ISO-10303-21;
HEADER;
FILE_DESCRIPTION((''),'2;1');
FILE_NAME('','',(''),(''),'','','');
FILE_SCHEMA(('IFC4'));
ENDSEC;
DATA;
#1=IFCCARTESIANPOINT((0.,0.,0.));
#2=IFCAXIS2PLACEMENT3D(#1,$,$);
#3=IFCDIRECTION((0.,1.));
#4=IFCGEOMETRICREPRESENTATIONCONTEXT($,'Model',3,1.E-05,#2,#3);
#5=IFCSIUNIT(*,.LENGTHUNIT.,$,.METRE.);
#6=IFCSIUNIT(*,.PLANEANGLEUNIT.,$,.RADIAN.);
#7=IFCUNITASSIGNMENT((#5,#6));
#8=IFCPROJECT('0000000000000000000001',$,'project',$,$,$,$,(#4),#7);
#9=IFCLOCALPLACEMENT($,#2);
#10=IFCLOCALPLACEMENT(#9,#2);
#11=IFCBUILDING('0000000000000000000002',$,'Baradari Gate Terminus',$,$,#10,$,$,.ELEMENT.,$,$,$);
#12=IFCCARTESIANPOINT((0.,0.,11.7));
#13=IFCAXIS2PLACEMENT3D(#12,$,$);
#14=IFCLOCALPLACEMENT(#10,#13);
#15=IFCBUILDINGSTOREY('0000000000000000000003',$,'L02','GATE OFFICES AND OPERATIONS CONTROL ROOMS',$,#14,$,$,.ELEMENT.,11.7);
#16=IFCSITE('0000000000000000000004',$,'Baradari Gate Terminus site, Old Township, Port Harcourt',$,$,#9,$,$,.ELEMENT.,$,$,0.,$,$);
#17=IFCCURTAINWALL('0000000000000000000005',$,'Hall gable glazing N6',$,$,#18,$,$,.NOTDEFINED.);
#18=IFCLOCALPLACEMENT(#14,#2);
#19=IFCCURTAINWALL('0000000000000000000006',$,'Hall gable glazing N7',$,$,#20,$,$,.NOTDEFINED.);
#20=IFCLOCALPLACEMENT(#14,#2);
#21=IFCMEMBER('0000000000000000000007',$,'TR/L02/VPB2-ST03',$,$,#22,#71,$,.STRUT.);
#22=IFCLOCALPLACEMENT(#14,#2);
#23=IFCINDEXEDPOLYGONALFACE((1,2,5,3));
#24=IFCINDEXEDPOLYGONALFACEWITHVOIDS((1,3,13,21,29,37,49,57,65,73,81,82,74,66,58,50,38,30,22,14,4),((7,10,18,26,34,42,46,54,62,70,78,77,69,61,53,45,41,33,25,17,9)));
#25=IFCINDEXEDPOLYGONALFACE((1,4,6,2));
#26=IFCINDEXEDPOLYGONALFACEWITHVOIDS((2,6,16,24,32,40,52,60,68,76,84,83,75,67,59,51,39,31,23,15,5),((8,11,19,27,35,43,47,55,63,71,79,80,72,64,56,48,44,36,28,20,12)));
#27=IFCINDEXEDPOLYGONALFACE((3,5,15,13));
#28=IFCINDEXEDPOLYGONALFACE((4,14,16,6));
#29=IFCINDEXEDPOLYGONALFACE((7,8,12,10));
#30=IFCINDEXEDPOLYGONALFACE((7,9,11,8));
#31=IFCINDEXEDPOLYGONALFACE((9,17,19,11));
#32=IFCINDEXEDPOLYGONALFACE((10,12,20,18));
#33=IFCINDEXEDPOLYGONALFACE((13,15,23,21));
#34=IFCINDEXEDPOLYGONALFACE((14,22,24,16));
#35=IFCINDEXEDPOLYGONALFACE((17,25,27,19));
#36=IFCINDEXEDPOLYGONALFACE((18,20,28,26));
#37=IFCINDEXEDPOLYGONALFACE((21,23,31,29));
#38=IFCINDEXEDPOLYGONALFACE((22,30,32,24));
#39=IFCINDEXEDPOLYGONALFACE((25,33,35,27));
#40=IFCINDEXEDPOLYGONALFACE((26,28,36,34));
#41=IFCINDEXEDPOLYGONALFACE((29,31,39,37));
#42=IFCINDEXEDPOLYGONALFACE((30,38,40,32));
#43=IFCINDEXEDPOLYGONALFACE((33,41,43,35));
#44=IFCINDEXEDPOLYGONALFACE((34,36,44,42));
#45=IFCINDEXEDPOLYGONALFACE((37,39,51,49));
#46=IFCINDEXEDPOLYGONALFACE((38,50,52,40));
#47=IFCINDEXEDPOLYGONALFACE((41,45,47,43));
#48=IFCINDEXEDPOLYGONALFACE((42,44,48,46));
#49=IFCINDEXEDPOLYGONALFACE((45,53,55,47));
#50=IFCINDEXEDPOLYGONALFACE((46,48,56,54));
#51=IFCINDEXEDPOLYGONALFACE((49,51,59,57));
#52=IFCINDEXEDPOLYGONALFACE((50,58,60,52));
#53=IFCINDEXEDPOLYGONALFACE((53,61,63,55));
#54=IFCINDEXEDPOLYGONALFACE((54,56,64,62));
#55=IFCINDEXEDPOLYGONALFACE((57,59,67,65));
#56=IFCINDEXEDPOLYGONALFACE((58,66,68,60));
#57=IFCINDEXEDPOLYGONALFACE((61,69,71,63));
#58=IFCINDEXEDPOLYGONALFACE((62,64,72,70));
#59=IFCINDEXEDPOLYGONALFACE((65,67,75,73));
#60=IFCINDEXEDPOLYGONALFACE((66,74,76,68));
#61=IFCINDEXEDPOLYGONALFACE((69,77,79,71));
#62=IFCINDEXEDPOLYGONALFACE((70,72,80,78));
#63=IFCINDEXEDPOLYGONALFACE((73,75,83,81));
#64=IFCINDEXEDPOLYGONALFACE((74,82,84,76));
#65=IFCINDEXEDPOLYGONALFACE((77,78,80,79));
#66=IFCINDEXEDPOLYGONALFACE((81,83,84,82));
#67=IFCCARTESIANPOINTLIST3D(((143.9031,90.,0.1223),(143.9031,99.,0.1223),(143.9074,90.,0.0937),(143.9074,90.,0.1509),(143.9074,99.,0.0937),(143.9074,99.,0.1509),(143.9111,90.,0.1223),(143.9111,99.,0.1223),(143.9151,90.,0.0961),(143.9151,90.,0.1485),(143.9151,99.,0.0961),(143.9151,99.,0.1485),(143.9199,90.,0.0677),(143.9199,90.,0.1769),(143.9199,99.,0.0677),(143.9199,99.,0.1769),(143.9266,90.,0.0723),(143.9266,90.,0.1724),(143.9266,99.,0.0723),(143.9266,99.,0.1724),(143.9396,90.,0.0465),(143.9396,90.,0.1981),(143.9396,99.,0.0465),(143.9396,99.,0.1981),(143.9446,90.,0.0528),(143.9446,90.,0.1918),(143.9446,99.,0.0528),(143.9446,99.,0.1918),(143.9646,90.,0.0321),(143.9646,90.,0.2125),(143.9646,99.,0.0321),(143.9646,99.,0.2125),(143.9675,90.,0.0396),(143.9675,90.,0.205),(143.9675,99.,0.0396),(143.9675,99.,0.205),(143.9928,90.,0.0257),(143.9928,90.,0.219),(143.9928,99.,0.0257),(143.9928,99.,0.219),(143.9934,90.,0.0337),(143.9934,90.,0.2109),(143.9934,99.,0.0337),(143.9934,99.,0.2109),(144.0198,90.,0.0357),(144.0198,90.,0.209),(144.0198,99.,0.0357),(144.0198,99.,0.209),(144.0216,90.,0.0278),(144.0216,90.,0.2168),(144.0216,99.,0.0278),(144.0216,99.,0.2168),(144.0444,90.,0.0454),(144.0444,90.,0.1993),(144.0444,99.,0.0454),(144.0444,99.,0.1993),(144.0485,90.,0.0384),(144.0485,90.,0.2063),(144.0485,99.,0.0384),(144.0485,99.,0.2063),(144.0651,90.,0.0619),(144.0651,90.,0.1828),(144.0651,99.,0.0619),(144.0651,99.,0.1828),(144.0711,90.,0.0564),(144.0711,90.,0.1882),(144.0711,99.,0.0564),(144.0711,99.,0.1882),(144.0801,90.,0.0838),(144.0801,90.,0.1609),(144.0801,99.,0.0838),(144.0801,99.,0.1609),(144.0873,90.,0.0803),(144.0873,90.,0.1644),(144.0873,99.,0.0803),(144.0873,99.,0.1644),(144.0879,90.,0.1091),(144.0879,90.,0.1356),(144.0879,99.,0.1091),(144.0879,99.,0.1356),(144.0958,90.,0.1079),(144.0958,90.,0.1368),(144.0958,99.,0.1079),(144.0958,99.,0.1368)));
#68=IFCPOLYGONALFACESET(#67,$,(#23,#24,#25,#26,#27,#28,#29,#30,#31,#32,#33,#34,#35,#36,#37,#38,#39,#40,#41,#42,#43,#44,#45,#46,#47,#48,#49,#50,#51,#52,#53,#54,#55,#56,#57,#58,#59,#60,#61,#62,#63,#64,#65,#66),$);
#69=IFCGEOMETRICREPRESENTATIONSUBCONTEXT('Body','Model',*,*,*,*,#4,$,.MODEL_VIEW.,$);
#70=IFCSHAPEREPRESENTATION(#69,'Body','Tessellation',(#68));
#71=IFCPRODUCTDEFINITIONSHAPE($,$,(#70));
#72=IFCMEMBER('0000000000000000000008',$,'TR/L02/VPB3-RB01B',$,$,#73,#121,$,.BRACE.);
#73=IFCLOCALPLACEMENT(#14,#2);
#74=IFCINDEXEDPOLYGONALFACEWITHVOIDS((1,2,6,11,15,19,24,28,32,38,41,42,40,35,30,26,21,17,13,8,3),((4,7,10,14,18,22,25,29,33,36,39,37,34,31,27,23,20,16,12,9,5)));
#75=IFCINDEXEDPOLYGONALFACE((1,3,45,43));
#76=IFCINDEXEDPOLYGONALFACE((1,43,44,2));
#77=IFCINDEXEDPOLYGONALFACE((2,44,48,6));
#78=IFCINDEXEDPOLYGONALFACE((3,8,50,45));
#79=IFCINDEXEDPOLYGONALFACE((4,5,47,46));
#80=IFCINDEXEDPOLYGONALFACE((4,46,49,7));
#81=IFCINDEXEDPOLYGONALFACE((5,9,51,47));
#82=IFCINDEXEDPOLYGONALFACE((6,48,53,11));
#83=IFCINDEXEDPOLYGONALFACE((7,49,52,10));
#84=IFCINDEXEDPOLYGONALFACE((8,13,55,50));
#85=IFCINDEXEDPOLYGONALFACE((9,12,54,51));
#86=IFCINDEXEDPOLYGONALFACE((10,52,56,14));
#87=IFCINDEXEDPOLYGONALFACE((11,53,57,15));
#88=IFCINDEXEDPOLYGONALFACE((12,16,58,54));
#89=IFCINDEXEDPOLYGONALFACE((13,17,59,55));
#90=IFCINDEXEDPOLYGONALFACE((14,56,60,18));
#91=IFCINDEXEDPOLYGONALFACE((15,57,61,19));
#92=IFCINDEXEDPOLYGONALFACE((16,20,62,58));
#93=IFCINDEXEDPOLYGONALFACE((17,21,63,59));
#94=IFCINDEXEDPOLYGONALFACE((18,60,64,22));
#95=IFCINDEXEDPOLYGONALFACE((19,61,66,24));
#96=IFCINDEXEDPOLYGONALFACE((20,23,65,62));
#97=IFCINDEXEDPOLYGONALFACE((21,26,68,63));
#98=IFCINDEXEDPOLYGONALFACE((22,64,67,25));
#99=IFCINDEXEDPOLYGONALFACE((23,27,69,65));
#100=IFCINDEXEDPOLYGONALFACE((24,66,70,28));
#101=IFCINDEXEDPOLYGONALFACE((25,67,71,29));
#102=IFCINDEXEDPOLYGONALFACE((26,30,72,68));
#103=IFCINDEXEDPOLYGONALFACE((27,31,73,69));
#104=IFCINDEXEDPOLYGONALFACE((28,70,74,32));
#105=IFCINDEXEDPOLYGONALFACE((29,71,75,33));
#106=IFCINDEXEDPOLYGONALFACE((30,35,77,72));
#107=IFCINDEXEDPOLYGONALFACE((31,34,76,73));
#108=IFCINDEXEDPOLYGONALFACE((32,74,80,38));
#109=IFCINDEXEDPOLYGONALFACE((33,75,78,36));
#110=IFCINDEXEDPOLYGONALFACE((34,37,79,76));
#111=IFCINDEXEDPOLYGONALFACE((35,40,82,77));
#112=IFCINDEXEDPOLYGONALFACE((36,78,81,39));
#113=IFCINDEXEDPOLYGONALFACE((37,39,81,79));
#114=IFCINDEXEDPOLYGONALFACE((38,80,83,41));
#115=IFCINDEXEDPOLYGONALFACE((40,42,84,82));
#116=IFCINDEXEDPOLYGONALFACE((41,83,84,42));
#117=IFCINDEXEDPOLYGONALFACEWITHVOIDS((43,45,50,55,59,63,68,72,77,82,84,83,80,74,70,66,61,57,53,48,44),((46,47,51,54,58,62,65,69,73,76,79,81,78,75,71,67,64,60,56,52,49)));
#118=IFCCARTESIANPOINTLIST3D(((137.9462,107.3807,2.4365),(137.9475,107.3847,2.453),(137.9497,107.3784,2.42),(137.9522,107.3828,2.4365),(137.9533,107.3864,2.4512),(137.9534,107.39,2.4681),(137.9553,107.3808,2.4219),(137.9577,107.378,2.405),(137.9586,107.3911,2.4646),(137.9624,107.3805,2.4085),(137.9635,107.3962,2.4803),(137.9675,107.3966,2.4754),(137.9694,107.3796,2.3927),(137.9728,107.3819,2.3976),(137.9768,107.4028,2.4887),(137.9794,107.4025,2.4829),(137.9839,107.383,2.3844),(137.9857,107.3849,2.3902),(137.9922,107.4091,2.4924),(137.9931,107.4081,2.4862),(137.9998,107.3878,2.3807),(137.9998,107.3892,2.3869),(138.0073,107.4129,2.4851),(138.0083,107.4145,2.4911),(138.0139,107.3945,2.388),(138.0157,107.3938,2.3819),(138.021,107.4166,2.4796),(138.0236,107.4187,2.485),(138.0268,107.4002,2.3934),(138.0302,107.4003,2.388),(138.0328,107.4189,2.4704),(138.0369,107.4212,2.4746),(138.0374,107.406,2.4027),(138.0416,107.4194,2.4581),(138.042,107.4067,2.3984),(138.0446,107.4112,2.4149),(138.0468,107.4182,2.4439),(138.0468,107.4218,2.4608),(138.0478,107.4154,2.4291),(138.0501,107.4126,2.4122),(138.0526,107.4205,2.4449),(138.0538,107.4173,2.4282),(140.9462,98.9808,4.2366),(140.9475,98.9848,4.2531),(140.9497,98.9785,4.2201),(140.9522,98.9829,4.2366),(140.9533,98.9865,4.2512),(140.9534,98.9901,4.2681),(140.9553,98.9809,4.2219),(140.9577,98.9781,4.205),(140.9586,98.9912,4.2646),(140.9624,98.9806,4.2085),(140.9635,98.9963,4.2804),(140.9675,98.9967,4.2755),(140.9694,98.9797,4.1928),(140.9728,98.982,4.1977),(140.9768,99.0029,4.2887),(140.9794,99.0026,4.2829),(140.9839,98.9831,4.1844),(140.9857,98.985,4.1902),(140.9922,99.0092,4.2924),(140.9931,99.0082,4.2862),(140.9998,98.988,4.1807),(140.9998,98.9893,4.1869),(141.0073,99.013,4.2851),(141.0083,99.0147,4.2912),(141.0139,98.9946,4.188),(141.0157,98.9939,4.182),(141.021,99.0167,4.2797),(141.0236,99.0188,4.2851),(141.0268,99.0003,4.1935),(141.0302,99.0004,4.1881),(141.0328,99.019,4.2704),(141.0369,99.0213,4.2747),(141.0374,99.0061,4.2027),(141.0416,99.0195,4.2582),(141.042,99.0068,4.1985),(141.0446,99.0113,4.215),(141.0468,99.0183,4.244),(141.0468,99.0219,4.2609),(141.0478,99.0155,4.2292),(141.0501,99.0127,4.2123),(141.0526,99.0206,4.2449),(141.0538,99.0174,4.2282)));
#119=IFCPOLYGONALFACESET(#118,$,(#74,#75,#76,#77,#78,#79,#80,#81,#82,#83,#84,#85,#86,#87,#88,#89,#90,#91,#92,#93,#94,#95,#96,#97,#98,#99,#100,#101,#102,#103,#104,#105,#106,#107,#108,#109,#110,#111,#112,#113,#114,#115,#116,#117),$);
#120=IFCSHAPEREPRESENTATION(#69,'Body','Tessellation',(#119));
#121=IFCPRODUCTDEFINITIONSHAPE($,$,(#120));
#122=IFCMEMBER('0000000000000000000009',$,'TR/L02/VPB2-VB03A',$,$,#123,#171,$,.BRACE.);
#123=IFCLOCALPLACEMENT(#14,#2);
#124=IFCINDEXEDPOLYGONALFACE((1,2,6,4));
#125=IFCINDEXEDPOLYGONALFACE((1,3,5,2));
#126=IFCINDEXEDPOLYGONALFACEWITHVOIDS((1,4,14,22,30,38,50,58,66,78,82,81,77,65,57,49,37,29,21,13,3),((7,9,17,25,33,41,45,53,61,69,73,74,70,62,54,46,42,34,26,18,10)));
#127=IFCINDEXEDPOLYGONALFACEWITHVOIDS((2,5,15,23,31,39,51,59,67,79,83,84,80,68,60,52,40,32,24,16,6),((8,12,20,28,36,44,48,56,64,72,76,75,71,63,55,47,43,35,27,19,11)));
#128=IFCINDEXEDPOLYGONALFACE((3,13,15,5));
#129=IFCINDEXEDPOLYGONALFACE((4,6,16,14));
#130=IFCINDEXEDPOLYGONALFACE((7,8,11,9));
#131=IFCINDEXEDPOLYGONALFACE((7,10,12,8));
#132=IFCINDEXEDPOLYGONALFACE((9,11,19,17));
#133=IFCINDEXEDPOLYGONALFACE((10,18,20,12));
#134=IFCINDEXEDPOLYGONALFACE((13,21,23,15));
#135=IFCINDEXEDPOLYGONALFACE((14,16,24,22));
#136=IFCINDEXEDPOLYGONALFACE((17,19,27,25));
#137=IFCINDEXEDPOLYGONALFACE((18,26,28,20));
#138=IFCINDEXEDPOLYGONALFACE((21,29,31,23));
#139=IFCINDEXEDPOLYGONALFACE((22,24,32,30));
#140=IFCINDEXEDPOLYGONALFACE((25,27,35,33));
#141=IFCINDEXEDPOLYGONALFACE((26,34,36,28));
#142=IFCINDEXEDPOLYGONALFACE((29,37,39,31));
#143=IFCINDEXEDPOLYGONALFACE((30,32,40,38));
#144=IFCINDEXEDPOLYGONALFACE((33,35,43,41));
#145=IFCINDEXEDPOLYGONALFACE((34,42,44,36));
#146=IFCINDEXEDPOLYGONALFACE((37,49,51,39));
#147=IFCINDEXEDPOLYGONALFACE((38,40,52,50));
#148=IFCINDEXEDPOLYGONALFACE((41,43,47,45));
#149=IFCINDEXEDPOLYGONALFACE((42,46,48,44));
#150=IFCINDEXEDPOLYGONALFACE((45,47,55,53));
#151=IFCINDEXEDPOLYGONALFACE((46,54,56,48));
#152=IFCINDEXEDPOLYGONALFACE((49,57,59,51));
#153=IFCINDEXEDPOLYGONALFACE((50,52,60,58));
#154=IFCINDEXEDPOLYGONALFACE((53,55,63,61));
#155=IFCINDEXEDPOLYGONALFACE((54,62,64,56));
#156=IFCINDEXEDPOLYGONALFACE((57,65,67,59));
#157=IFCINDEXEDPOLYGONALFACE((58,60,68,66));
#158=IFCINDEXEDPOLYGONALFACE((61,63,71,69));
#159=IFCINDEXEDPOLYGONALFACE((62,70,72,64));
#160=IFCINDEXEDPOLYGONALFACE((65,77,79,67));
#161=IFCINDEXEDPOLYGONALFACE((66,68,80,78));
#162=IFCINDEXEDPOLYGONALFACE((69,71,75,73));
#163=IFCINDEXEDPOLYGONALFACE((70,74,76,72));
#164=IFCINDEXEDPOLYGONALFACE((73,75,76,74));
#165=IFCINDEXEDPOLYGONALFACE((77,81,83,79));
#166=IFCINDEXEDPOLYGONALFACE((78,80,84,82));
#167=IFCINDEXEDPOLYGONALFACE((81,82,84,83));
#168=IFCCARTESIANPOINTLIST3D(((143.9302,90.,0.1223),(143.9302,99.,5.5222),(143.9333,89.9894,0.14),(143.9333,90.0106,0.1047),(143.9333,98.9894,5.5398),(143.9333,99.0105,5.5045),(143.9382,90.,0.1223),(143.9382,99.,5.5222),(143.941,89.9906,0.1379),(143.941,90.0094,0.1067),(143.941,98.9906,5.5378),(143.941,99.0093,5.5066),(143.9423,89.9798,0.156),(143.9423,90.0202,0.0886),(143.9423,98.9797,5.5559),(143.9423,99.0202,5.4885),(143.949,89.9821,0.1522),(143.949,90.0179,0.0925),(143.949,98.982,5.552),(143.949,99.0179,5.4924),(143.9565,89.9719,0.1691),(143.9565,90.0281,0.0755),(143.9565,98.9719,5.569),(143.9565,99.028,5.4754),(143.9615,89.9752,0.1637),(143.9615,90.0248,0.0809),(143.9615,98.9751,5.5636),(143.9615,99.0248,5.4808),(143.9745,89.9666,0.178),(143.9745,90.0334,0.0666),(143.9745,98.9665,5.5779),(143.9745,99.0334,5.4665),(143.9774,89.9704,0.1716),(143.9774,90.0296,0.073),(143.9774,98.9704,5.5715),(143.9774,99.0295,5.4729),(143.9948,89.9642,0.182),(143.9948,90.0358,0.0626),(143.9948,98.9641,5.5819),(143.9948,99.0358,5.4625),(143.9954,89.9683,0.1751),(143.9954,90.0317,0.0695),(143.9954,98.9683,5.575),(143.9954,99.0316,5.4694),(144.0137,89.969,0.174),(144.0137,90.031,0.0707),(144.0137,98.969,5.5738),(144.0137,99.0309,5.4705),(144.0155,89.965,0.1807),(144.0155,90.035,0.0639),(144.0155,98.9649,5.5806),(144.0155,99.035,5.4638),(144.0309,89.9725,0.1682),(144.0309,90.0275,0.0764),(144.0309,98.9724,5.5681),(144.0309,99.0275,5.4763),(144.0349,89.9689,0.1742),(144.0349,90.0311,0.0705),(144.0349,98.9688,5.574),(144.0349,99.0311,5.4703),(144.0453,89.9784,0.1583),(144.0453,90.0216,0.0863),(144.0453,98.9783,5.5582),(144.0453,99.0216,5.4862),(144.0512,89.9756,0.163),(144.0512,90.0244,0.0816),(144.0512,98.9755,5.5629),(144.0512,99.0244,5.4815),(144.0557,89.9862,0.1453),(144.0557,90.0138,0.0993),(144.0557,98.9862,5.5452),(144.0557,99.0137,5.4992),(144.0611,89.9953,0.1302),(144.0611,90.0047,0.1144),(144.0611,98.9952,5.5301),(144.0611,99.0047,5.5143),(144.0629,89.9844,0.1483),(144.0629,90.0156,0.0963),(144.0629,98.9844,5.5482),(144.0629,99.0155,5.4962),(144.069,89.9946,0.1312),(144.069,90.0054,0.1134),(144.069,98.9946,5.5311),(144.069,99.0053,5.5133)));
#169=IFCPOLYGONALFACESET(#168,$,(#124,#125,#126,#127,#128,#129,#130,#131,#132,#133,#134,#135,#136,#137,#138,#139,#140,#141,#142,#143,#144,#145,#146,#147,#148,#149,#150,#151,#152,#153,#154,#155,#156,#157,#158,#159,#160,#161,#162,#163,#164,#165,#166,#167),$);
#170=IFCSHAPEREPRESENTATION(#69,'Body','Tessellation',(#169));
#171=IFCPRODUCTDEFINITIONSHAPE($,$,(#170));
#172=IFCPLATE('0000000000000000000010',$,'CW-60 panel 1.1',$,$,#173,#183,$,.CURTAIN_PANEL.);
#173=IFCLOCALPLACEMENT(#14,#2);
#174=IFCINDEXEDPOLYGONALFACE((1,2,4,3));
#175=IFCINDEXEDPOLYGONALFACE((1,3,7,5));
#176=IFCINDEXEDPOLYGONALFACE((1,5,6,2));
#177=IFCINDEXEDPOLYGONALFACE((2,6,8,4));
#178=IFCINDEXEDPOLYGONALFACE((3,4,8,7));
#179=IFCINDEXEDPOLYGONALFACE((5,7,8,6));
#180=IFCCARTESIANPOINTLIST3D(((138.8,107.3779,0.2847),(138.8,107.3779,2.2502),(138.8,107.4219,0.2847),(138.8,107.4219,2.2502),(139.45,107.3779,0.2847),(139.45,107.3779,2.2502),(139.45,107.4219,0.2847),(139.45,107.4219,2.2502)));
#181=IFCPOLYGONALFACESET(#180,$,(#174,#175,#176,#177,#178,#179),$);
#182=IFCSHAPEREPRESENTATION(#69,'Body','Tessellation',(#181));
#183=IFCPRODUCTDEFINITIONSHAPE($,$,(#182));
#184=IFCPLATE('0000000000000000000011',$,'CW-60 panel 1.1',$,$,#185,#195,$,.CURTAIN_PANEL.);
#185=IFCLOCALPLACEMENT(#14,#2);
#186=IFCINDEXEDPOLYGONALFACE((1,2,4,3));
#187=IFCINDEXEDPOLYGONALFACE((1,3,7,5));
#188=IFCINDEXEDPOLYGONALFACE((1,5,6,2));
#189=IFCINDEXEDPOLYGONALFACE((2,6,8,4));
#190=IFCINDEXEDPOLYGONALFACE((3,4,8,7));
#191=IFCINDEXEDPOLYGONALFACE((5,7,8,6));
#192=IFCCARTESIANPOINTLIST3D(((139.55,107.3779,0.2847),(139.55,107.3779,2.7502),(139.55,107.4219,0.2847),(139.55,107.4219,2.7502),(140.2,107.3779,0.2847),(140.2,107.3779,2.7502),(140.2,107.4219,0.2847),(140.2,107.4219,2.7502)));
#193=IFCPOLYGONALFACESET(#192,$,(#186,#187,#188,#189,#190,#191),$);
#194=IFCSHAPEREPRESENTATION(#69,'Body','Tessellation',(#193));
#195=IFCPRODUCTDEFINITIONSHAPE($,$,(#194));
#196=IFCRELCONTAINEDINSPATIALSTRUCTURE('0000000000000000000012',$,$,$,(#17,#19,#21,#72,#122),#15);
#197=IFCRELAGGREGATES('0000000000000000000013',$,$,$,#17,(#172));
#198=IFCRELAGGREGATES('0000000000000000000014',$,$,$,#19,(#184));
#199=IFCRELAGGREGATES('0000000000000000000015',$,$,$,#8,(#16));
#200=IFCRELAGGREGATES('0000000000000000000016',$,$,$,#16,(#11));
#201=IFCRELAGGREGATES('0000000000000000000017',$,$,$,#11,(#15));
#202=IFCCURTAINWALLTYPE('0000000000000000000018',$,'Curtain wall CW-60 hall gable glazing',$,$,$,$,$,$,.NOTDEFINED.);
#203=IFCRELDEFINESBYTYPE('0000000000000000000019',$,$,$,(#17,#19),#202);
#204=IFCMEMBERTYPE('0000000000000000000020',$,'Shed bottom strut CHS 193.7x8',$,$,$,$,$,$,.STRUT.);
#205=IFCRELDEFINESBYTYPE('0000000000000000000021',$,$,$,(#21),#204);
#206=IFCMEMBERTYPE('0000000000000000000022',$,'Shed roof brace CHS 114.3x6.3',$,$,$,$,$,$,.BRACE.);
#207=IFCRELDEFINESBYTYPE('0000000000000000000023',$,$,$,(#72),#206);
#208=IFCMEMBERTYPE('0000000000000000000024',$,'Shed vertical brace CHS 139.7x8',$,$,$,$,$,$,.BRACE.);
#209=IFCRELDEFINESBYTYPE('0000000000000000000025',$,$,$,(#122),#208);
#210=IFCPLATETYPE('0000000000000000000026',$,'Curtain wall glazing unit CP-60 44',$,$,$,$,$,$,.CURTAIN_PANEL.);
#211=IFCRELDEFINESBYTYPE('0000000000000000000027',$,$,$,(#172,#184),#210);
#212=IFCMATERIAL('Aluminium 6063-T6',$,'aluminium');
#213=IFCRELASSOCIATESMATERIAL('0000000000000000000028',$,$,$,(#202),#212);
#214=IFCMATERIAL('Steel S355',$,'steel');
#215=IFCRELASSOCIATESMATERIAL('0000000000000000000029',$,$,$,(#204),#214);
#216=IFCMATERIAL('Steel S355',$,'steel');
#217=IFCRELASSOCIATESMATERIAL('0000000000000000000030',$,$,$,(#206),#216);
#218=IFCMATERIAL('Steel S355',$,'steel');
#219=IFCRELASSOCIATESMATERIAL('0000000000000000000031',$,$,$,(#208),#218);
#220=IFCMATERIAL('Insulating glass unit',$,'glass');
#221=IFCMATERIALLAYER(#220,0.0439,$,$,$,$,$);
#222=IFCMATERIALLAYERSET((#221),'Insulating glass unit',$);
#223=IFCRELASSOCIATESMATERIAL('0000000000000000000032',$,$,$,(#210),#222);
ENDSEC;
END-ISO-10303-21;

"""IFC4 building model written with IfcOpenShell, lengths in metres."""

from ifc_helpers import new_model, si_unit, direction, frame, origin, origin_2d, place, context, subcontext, project, spatial, rectangle, hollow_circle, extrude, material, layer, layer_set, material_profile, profile_set, type_object, element, aggregate, save


model = new_model("IFC4")

# Units and contexts
model_context = context("Model", 3, precision=1e-05, world=origin(), true_north=direction((0.0, 1.0)))
body_context = subcontext(model_context, "Body", "Model", "MODEL_VIEW")
ifc_project = project(units=[si_unit("LENGTHUNIT", "METRE"), si_unit("PLANEANGLEUNIT", "RADIAN")], contexts=[model_context])

# Site, building, storey
site_placement = place(None, origin())
site = spatial("IfcSite", under=ifc_project, at=site_placement, Name="Baradari Gate Terminus site, Old Township, Port Harcourt", CompositionType="ELEMENT", RefElevation=0.0)
building_placement = place(site_placement, origin())
building = spatial("IfcBuilding", under=site, at=building_placement, Name="Baradari Gate Terminus", CompositionType="ELEMENT")
storey_placement = place(building_placement, frame((0.0, 0.0, 11.7)))
storey = spatial("IfcBuildingStorey", under=building, at=storey_placement, Name="L02", Description="GATE OFFICES AND OPERATIONS CONTROL ROOMS", CompositionType="ELEMENT", Elevation=11.7)

# Curtain wall
ifc_material_1 = material(Name="Aluminium 6063-T6", Category="aluminium")
curtain_wall_type = type_object("IfcCurtainWallType", Name="Curtain wall CW-60 hall gable glazing", PredefinedType="NOTDEFINED", material=ifc_material_1)
curtain_wall_1_placement = place(storey_placement, origin())
curtain_wall_1 = element("IfcCurtainWall", 1, at=curtain_wall_1_placement, inside=storey, type_object=curtain_wall_type, Name="Hall gable glazing N6", PredefinedType="NOTDEFINED")

# Curtain wall
curtain_wall_2_placement = place(storey_placement, origin())
curtain_wall_2 = element("IfcCurtainWall", 2, at=curtain_wall_2_placement, inside=storey, type_object=curtain_wall_type, Name="Hall gable glazing N7", PredefinedType="NOTDEFINED")

# Members
ifc_material_2 = material(Name="Steel S355", Category="steel")
ifc_material_profile_1 = material_profile(ifc_material_2, hollow_circle(Radius=0.0969, WallThickness=0.0081, at=origin_2d()), Name="CHS 193.7x8")
ifc_profile_set_1 = profile_set([ifc_material_profile_1], Name="Steel S355")
member_type_1 = type_object("IfcMemberType", Name="Shed bottom strut CHS 193.7x8", PredefinedType="STRUT", material=ifc_profile_set_1)
member_1_placement = place(storey_placement, frame((144.0, 90.0, 0.1223), z_axis=(0.0, 1.0, 0.0), x_axis=(-1.0, 0.0, 0.0)))
element("IfcMember", 3, at=member_1_placement, inside=storey, type_object=member_type_1, Name="TR/L02/VPB2-ST03", PredefinedType="STRUT", context=body_context, shape_type="SweptSolid", body=[
    extrude(hollow_circle(Radius=0.0969, WallThickness=0.0081, at=origin_2d()), origin(), (0.0, 0.0, 1.0), 9.0),
])
ifc_material_3 = material(Name="Steel S355", Category="steel")
ifc_material_profile_2 = material_profile(ifc_material_3, hollow_circle(Radius=0.0571, WallThickness=0.0063, at=origin_2d()), Name="CHS 114.3x6.3")
ifc_profile_set_2 = profile_set([ifc_material_profile_2], Name="Steel S355")
member_type_2 = type_object("IfcMemberType", Name="Shed roof brace CHS 114.3x6.3", PredefinedType="BRACE", material=ifc_profile_set_2)
member_2_placement = place(storey_placement, frame((141.0, 99.0, 4.2366), z_axis=(-0.329693, 0.92313, -0.197821), x_axis=(-0.941741, -0.33634, 0.0)))
element("IfcMember", 4, at=member_2_placement, inside=storey, type_object=member_type_2, Name="TR/L02/VPB3-RB01B", PredefinedType="BRACE", context=body_context, shape_type="SweptSolid", body=[
    extrude(hollow_circle(Radius=0.0571, WallThickness=0.0063, at=origin_2d()), origin(), (0.0, 0.0, 1.0), 9.0994),
])
ifc_material_4 = material(Name="Steel S355", Category="steel")
ifc_material_profile_3 = material_profile(ifc_material_4, hollow_circle(Radius=0.0698, WallThickness=0.0081, at=origin_2d()), Name="CHS 139.7x8")
ifc_profile_set_3 = profile_set([ifc_material_profile_3], Name="Steel S355")
member_type_3 = type_object("IfcMemberType", Name="Shed vertical brace CHS 139.7x8", PredefinedType="BRACE", material=ifc_profile_set_3)
member_3_placement = place(storey_placement, frame((144.0, 90.0, 0.1223), z_axis=(0.0, 0.857497, 0.514489), x_axis=(-1.0, 0.0, 0.0)))
element("IfcMember", 5, at=member_3_placement, inside=storey, type_object=member_type_3, Name="TR/L02/VPB2-VB03A", PredefinedType="BRACE", context=body_context, shape_type="SweptSolid", body=[
    extrude(hollow_circle(Radius=0.0698, WallThickness=0.0081, at=origin_2d()), origin(), (0.0, 0.0, 1.0), 10.4956),
])

# Plates
ifc_material_5 = material(Name="Insulating glass unit", Category="glass")
ifc_layer = layer(ifc_material_5, 0.0439)
ifc_layer_set = layer_set([ifc_layer], Name="Insulating glass unit")
plate_type = type_object("IfcPlateType", Name="Curtain wall glazing unit CP-60 44", PredefinedType="CURTAIN_PANEL", material=ifc_layer_set)
plate_1_placement = place(storey_placement, frame((139.125, 107.3999, 0.2847), z_axis=(0.0, 0.0, 1.0), x_axis=(1.0, 0.0, 0.0)))
plate_1 = element("IfcPlate", 6, at=plate_1_placement, type_object=plate_type, Name="CW-60 panel 1.1", PredefinedType="CURTAIN_PANEL", context=body_context, shape_type="SweptSolid", body=[
    extrude(rectangle(XDim=0.6499, YDim=0.0439, at=origin_2d()), origin(), (0.0, 0.0, 1.0), 1.9656),
])
aggregate(curtain_wall_1, [plate_1])
plate_2_placement = place(storey_placement, frame((139.875, 107.3999, 0.2847), z_axis=(0.0, 0.0, 1.0), x_axis=(1.0, 0.0, 0.0)))
plate_2 = element("IfcPlate", 7, at=plate_2_placement, type_object=plate_type, Name="CW-60 panel 1.1", PredefinedType="CURTAIN_PANEL", context=body_context, shape_type="SweptSolid", body=[
    extrude(rectangle(XDim=0.6499, YDim=0.0439, at=origin_2d()), origin(), (0.0, 0.0, 1.0), 2.4656),
])
aggregate(curtain_wall_2, [plate_2])

save(model, "model.ifc")
